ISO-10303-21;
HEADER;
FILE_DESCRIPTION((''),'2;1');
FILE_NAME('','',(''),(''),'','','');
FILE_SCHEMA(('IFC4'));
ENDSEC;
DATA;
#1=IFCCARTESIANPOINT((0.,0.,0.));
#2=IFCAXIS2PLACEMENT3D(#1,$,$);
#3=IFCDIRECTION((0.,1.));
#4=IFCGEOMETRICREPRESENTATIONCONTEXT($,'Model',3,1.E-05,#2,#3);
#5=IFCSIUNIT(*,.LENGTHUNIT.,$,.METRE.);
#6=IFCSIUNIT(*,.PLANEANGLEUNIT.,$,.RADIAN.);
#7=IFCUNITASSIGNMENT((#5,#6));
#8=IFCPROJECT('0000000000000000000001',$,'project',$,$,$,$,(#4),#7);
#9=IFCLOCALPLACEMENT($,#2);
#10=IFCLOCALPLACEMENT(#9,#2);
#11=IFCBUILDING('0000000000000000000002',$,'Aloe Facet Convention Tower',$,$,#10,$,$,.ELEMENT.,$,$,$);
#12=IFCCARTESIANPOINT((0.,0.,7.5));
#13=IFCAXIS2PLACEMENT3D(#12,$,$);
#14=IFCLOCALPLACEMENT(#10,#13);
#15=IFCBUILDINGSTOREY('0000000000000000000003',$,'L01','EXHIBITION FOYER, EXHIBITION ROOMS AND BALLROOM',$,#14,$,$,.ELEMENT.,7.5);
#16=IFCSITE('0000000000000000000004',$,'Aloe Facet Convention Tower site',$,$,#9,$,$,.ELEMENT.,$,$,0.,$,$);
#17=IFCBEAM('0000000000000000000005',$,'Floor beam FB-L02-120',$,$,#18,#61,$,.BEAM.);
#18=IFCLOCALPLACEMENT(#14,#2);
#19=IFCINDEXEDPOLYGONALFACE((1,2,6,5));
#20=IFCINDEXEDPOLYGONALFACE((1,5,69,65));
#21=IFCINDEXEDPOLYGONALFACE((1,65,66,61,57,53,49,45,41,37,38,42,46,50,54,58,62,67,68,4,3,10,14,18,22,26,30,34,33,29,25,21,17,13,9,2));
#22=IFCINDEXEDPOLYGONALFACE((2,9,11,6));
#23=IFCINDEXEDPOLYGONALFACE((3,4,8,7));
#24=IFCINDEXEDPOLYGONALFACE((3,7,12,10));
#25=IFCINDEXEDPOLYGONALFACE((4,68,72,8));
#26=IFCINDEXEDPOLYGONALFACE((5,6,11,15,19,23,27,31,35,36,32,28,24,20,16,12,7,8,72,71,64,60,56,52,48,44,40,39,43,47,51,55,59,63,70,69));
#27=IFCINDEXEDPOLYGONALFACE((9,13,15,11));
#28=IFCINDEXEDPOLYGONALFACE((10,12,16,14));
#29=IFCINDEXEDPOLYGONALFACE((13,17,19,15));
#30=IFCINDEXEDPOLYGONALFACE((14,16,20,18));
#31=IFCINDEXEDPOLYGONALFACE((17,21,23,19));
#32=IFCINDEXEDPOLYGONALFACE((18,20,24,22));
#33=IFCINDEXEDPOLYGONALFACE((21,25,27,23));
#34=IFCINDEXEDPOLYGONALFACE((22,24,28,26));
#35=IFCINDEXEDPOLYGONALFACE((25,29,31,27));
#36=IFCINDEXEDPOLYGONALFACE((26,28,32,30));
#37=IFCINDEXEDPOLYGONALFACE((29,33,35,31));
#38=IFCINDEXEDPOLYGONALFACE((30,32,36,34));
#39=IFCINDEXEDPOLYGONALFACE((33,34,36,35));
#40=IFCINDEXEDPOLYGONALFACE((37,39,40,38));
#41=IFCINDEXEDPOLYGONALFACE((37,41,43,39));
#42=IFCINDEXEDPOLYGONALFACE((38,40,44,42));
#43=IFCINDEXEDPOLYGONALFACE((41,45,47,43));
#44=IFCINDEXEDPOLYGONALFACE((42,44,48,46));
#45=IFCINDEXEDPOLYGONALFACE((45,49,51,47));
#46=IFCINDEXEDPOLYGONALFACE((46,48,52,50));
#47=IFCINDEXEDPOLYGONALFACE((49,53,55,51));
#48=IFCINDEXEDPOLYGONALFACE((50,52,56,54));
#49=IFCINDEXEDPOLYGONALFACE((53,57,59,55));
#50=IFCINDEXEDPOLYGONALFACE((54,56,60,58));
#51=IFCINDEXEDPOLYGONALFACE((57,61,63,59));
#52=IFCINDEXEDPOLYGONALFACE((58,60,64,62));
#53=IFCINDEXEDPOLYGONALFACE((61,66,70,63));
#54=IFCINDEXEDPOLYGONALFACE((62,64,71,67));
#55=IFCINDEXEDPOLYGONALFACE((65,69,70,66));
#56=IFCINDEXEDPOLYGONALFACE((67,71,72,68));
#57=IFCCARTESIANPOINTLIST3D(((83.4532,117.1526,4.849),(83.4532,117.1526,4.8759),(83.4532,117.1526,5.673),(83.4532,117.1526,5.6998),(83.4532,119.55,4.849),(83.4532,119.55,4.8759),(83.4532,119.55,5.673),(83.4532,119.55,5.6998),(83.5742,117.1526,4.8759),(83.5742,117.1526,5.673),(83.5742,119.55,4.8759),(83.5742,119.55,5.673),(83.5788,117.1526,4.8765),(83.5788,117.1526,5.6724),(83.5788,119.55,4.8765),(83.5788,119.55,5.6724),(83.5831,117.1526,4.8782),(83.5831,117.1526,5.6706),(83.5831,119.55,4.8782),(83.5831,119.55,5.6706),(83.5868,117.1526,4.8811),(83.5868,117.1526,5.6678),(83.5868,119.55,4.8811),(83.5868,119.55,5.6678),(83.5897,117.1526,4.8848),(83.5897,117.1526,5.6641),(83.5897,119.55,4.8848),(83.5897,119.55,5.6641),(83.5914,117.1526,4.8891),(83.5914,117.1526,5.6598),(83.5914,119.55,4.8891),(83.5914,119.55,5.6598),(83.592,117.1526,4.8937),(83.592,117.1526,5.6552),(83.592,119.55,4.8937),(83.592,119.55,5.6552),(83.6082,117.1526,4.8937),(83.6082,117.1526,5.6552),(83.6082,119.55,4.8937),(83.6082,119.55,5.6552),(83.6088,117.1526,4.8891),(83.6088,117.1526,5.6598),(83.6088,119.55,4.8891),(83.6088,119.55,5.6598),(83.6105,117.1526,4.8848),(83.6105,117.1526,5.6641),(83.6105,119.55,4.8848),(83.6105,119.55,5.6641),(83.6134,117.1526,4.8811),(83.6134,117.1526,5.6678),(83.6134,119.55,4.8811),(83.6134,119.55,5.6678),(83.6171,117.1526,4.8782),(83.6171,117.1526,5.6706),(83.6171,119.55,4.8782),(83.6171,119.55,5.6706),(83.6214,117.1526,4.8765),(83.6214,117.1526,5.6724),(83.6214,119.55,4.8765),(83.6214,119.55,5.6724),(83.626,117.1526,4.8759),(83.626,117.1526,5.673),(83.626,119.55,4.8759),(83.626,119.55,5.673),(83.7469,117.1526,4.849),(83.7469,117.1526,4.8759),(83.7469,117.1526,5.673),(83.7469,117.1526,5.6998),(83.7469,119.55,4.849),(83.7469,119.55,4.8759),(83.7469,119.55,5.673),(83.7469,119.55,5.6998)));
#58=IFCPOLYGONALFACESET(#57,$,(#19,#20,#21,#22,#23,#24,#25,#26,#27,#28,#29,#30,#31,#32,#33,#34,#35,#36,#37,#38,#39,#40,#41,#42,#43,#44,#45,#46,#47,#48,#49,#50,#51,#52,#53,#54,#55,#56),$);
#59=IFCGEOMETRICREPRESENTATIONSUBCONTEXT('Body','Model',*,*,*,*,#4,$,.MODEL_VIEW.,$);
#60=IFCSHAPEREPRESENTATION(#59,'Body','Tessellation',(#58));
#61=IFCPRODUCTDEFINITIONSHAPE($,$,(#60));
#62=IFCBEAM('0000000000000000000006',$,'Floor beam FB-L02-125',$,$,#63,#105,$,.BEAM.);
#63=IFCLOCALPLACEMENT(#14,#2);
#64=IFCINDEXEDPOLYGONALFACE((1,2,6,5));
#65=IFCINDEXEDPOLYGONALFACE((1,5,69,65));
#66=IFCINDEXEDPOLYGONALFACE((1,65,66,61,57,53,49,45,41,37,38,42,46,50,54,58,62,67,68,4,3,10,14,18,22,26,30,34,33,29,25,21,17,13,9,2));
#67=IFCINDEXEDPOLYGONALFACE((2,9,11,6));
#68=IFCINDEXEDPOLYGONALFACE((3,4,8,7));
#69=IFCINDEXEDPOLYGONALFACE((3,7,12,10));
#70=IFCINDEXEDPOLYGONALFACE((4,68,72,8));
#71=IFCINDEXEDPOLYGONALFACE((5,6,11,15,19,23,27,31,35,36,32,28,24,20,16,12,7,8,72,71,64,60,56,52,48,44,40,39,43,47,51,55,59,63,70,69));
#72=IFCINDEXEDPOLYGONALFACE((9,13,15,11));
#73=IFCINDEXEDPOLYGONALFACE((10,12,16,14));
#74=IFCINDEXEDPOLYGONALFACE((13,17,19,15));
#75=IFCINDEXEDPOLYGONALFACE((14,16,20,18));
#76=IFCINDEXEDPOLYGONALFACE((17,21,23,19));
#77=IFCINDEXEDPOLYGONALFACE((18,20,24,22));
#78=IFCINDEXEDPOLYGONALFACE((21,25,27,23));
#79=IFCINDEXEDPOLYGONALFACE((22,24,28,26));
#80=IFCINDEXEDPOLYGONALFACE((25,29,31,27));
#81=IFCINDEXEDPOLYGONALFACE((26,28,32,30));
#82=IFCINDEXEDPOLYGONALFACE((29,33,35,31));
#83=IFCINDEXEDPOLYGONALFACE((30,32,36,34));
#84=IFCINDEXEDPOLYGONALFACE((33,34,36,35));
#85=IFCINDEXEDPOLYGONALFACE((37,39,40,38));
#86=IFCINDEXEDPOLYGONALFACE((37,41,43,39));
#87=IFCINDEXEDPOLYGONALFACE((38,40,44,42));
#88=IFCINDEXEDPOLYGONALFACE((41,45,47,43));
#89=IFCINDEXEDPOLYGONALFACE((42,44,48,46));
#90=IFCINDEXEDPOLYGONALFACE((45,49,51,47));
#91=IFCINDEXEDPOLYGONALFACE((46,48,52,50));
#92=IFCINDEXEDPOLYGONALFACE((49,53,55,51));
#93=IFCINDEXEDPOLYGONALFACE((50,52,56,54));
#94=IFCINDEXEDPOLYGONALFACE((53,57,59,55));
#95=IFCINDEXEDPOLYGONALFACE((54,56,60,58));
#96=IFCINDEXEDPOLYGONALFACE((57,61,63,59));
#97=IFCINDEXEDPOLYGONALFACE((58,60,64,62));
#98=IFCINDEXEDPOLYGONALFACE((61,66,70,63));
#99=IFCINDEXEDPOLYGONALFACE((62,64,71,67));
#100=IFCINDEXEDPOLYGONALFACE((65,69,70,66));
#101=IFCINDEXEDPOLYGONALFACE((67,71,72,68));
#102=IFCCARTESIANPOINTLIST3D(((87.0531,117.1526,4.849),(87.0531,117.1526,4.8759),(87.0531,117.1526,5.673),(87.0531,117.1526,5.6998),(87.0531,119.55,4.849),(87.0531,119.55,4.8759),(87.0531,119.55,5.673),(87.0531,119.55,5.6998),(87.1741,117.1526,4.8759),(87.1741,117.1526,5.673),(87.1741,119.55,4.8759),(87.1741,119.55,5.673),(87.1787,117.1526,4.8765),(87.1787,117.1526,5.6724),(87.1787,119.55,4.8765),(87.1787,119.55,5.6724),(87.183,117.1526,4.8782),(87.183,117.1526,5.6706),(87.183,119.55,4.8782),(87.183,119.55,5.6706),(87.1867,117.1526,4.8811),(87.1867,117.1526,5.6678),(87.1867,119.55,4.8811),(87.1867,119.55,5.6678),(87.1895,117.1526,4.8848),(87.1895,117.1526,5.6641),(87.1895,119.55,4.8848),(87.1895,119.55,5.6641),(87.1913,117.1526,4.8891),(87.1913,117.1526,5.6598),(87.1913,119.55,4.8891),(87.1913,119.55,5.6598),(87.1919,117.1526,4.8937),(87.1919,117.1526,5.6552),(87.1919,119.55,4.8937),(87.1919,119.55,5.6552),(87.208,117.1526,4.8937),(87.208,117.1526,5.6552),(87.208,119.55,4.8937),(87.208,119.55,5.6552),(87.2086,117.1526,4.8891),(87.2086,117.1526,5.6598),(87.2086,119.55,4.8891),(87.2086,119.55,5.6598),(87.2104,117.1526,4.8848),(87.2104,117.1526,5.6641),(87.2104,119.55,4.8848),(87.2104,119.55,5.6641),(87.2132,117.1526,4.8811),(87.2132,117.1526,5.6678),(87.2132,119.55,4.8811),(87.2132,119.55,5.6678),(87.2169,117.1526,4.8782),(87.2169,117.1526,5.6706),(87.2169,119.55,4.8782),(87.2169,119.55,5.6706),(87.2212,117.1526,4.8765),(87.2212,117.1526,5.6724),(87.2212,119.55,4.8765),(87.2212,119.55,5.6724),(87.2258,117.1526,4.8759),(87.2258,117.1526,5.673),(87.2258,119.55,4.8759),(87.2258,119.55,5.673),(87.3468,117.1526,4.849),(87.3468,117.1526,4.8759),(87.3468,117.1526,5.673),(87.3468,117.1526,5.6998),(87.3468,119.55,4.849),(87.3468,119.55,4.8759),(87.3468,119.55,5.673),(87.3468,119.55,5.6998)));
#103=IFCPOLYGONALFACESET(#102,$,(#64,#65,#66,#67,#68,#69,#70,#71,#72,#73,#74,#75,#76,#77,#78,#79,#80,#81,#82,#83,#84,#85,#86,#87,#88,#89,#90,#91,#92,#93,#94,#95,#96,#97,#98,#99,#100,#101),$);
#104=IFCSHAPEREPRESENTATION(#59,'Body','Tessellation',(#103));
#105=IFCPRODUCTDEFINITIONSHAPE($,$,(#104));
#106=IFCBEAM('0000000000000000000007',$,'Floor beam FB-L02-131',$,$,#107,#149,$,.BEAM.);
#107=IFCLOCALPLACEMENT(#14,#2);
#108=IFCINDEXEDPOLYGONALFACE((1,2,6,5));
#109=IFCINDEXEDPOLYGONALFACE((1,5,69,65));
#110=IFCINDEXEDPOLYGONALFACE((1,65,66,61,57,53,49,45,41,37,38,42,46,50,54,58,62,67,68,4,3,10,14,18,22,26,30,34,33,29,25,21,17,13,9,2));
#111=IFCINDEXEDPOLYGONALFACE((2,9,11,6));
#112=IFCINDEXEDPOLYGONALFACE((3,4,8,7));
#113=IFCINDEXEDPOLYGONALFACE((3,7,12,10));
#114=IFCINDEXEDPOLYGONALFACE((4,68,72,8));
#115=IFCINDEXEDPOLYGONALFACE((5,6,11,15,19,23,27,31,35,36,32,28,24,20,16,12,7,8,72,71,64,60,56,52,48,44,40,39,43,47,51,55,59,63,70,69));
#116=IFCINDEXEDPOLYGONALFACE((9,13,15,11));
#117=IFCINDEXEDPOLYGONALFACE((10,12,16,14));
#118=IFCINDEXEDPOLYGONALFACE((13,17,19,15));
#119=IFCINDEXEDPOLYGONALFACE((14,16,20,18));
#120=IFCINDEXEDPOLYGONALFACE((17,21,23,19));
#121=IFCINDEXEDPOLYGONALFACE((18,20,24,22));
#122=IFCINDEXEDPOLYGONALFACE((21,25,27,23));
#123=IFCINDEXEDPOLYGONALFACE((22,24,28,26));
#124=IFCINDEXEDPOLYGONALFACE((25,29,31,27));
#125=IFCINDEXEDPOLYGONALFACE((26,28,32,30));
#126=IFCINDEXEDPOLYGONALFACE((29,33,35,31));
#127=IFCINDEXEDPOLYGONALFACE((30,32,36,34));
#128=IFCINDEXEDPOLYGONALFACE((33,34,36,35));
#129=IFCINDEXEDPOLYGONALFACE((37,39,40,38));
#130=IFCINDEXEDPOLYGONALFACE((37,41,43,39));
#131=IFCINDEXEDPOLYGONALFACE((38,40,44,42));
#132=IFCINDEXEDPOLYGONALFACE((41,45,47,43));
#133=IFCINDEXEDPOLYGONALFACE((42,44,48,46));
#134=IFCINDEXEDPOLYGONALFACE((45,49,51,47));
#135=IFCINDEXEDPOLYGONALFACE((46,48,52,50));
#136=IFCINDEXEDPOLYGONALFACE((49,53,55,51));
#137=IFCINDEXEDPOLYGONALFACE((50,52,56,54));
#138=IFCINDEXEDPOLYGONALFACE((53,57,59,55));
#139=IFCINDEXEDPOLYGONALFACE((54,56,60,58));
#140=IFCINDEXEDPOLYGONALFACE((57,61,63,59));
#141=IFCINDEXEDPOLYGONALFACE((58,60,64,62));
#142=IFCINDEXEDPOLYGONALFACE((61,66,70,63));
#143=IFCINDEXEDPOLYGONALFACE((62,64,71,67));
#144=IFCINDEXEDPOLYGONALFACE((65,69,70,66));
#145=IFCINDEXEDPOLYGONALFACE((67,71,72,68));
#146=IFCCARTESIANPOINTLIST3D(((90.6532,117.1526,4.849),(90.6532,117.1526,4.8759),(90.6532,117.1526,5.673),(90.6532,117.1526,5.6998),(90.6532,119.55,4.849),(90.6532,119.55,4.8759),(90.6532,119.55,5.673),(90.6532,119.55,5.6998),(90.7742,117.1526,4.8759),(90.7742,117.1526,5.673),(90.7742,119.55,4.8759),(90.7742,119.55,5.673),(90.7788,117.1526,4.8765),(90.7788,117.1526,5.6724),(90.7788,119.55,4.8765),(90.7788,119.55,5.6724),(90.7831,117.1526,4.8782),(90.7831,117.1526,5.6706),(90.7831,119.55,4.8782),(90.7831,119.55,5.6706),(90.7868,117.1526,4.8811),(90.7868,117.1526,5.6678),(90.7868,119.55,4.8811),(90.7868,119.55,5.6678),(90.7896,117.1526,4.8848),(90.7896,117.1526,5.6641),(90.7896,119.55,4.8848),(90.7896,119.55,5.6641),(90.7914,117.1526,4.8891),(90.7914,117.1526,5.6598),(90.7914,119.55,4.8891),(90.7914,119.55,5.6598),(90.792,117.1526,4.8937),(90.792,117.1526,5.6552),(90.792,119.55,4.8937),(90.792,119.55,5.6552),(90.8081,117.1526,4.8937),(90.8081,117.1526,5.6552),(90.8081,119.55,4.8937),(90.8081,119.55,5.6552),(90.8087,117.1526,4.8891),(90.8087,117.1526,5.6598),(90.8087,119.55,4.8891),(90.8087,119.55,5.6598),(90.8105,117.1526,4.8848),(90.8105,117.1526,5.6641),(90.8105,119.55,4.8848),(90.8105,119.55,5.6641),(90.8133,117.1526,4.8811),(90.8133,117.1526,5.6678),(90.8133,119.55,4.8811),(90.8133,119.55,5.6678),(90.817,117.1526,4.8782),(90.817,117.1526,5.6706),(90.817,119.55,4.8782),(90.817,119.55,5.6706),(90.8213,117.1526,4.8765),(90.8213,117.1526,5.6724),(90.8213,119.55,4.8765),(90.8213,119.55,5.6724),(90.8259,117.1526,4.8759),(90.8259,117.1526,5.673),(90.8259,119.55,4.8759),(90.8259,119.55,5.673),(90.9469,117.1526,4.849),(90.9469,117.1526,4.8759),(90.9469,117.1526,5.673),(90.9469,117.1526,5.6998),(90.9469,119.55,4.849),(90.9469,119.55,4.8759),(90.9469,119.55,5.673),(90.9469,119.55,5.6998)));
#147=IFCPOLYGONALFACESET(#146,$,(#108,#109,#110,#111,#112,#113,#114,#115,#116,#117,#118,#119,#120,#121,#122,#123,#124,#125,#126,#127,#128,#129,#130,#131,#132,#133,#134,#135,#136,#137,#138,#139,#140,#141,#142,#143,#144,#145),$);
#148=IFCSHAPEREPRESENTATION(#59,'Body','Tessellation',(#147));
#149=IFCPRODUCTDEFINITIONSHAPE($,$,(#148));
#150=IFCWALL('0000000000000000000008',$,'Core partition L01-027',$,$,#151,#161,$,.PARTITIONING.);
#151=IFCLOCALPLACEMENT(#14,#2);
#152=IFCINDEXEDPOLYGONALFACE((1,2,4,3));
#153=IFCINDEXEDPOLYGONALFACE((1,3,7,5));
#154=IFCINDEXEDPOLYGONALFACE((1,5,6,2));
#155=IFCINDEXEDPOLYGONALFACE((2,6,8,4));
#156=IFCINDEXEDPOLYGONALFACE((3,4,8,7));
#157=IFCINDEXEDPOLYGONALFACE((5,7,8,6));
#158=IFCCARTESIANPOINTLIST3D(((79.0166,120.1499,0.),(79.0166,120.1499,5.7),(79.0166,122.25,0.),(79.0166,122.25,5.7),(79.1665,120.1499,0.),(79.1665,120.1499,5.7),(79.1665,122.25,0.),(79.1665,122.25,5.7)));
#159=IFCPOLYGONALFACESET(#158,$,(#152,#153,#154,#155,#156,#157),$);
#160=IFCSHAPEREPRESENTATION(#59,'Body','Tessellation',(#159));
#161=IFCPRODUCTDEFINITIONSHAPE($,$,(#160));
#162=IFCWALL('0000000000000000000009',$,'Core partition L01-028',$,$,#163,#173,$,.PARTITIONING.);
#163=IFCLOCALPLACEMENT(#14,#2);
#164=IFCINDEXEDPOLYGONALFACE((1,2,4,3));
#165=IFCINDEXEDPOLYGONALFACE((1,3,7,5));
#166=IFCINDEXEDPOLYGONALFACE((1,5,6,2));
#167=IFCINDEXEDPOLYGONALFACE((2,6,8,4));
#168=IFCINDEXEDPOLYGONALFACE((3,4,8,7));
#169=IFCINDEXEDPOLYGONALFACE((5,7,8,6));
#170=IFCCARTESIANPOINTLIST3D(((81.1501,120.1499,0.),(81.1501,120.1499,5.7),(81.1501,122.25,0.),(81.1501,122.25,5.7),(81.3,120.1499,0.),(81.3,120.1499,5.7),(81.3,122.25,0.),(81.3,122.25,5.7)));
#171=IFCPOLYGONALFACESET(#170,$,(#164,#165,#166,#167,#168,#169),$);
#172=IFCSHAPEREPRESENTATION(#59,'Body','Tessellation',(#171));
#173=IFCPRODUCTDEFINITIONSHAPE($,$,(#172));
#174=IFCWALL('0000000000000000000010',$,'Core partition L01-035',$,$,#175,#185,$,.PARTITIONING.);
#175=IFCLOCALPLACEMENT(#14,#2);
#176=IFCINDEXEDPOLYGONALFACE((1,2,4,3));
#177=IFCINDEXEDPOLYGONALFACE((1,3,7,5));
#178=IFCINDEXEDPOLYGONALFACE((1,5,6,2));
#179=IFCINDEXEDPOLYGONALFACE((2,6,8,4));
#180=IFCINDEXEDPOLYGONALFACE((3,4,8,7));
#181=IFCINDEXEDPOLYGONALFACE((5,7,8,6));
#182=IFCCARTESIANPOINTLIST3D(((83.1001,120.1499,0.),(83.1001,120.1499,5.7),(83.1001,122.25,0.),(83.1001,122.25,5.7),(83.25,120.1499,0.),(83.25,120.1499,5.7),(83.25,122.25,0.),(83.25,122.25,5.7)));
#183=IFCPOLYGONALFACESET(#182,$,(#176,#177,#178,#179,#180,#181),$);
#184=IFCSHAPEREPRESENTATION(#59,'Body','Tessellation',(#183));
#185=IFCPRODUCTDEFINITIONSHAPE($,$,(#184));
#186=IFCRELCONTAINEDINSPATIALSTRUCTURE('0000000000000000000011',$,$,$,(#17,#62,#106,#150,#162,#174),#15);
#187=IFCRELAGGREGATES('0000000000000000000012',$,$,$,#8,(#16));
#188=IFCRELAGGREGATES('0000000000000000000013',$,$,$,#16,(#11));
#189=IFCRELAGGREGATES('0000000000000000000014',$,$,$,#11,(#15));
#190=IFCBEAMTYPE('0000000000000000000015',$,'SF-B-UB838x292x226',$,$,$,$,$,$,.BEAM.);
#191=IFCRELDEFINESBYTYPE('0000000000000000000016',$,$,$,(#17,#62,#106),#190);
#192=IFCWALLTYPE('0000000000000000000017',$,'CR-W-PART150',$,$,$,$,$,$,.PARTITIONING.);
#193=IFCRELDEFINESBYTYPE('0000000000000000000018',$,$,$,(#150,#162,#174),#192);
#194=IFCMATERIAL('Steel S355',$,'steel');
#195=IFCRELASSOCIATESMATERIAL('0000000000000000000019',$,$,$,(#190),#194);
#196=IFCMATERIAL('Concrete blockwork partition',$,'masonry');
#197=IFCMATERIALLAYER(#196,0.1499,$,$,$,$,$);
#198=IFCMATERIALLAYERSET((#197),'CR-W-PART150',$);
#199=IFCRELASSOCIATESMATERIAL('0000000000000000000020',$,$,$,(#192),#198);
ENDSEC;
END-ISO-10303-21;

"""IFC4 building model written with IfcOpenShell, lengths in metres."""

from ifc_helpers import new_model, si_unit, direction, frame, frame_2d, origin, origin_2d, place, context, subcontext, project, spatial, rectangle, i_section, extrude, material, layer, layer_set, material_profile, profile_set, type_object, element, save


model = new_model("IFC4")

# Units and contexts
model_context = context("Model", 3, precision=1e-05, world=origin(), true_north=direction((0.0, 1.0)))
body_context = subcontext(model_context, "Body", "Model", "MODEL_VIEW")
ifc_project = project(units=[si_unit("LENGTHUNIT", "METRE"), si_unit("PLANEANGLEUNIT", "RADIAN")], contexts=[model_context])

# Site, building, storey
site_placement = place(None, origin())
site = spatial("IfcSite", under=ifc_project, at=site_placement, Name="Aloe Facet Convention Tower site", CompositionType="ELEMENT", RefElevation=0.0)
building_placement = place(site_placement, origin())
building = spatial("IfcBuilding", under=site, at=building_placement, Name="Aloe Facet Convention Tower", CompositionType="ELEMENT")
storey_placement = place(building_placement, frame((0.0, 0.0, 7.5)))
storey = spatial("IfcBuildingStorey", under=building, at=storey_placement, Name="L01", Description="EXHIBITION FOYER, EXHIBITION ROOMS AND BALLROOM", CompositionType="ELEMENT", Elevation=7.5)

# Beams
ifc_material_1 = material(Name="Steel S355", Category="steel")
ifc_material_profile_1 = material_profile(ifc_material_1, i_section(OverallWidth=0.2937, OverallDepth=0.8508, WebThickness=0.0161, FlangeThickness=0.0269, FilletRadius=0.0178, at=origin_2d()), Name="UB 838x292x226")
ifc_profile_set_1 = profile_set([ifc_material_profile_1], Name="Steel S355")
beam_type_1 = type_object("IfcBeamType", Name="SF-B-UB838x292x226", PredefinedType="BEAM", material=ifc_profile_set_1)
for number, where, z_axis, x_axis, name in (
    (1, (83.6001, 117.1526, 5.2744), (0.0, 1.0, 0.0), (-1.0, 0.0, 0.0), "Floor beam FB-L02-120"),
    (2, (87.2, 117.1526, 5.2744), (0.0, 1.0, 0.0), (-1.0, 0.0, 0.0), "Floor beam FB-L02-125"),
    (3, (90.8, 117.1526, 5.2744), (0.0, 1.0, 0.0), (-1.0, 0.0, 0.0), "Floor beam FB-L02-131"),
):
    element("IfcBeam", number, at=place(storey_placement, frame(where, z_axis=z_axis, x_axis=x_axis)), inside=storey, type_object=beam_type_1, Name=name, PredefinedType="BEAM", context=body_context, shape_type="SweptSolid", body=[
        extrude(i_section(OverallWidth=0.2937, OverallDepth=0.8508, WebThickness=0.0161, FlangeThickness=0.0269, FilletRadius=0.0178, at=origin_2d()), origin(), (0.0, 0.0, 1.0), 2.3975),
    ])

# Walls
ifc_material_2 = material(Name="Concrete blockwork partition", Category="masonry")
ifc_layer_1 = layer(ifc_material_2, 0.1499)
ifc_layer_set_1 = layer_set([ifc_layer_1], Name="CR-W-PART150")
wall_type_1 = type_object("IfcWallType", Name="CR-W-PART150", PredefinedType="PARTITIONING", material=ifc_layer_set_1)
for number, where, z_axis, x_axis, name in (
    (4, (79.0916, 122.25, 0.0), (0.0, 0.0, 1.0), (0.0, -1.0, 0.0), "Core partition L01-027"),
    (5, (81.2251, 122.25, 0.0), (0.0, 0.0, 1.0), (0.0, -1.0, 0.0), "Core partition L01-028"),
    (6, (83.175, 122.25, 0.0), (0.0, 0.0, 1.0), (0.0, -1.0, 0.0), "Core partition L01-035"),
):
    element("IfcWall", number, at=place(storey_placement, frame(where, z_axis=z_axis, x_axis=x_axis)), inside=storey, type_object=wall_type_1, Name=name, PredefinedType="PARTITIONING", context=body_context, shape_type="SweptSolid", body=[
        extrude(rectangle(XDim=2.1001, YDim=0.1499, at=frame_2d((1.05, 0.0))), origin(), (0.0, 0.0, 1.0), 5.7),
    ])

save(model, "model.ifc")
